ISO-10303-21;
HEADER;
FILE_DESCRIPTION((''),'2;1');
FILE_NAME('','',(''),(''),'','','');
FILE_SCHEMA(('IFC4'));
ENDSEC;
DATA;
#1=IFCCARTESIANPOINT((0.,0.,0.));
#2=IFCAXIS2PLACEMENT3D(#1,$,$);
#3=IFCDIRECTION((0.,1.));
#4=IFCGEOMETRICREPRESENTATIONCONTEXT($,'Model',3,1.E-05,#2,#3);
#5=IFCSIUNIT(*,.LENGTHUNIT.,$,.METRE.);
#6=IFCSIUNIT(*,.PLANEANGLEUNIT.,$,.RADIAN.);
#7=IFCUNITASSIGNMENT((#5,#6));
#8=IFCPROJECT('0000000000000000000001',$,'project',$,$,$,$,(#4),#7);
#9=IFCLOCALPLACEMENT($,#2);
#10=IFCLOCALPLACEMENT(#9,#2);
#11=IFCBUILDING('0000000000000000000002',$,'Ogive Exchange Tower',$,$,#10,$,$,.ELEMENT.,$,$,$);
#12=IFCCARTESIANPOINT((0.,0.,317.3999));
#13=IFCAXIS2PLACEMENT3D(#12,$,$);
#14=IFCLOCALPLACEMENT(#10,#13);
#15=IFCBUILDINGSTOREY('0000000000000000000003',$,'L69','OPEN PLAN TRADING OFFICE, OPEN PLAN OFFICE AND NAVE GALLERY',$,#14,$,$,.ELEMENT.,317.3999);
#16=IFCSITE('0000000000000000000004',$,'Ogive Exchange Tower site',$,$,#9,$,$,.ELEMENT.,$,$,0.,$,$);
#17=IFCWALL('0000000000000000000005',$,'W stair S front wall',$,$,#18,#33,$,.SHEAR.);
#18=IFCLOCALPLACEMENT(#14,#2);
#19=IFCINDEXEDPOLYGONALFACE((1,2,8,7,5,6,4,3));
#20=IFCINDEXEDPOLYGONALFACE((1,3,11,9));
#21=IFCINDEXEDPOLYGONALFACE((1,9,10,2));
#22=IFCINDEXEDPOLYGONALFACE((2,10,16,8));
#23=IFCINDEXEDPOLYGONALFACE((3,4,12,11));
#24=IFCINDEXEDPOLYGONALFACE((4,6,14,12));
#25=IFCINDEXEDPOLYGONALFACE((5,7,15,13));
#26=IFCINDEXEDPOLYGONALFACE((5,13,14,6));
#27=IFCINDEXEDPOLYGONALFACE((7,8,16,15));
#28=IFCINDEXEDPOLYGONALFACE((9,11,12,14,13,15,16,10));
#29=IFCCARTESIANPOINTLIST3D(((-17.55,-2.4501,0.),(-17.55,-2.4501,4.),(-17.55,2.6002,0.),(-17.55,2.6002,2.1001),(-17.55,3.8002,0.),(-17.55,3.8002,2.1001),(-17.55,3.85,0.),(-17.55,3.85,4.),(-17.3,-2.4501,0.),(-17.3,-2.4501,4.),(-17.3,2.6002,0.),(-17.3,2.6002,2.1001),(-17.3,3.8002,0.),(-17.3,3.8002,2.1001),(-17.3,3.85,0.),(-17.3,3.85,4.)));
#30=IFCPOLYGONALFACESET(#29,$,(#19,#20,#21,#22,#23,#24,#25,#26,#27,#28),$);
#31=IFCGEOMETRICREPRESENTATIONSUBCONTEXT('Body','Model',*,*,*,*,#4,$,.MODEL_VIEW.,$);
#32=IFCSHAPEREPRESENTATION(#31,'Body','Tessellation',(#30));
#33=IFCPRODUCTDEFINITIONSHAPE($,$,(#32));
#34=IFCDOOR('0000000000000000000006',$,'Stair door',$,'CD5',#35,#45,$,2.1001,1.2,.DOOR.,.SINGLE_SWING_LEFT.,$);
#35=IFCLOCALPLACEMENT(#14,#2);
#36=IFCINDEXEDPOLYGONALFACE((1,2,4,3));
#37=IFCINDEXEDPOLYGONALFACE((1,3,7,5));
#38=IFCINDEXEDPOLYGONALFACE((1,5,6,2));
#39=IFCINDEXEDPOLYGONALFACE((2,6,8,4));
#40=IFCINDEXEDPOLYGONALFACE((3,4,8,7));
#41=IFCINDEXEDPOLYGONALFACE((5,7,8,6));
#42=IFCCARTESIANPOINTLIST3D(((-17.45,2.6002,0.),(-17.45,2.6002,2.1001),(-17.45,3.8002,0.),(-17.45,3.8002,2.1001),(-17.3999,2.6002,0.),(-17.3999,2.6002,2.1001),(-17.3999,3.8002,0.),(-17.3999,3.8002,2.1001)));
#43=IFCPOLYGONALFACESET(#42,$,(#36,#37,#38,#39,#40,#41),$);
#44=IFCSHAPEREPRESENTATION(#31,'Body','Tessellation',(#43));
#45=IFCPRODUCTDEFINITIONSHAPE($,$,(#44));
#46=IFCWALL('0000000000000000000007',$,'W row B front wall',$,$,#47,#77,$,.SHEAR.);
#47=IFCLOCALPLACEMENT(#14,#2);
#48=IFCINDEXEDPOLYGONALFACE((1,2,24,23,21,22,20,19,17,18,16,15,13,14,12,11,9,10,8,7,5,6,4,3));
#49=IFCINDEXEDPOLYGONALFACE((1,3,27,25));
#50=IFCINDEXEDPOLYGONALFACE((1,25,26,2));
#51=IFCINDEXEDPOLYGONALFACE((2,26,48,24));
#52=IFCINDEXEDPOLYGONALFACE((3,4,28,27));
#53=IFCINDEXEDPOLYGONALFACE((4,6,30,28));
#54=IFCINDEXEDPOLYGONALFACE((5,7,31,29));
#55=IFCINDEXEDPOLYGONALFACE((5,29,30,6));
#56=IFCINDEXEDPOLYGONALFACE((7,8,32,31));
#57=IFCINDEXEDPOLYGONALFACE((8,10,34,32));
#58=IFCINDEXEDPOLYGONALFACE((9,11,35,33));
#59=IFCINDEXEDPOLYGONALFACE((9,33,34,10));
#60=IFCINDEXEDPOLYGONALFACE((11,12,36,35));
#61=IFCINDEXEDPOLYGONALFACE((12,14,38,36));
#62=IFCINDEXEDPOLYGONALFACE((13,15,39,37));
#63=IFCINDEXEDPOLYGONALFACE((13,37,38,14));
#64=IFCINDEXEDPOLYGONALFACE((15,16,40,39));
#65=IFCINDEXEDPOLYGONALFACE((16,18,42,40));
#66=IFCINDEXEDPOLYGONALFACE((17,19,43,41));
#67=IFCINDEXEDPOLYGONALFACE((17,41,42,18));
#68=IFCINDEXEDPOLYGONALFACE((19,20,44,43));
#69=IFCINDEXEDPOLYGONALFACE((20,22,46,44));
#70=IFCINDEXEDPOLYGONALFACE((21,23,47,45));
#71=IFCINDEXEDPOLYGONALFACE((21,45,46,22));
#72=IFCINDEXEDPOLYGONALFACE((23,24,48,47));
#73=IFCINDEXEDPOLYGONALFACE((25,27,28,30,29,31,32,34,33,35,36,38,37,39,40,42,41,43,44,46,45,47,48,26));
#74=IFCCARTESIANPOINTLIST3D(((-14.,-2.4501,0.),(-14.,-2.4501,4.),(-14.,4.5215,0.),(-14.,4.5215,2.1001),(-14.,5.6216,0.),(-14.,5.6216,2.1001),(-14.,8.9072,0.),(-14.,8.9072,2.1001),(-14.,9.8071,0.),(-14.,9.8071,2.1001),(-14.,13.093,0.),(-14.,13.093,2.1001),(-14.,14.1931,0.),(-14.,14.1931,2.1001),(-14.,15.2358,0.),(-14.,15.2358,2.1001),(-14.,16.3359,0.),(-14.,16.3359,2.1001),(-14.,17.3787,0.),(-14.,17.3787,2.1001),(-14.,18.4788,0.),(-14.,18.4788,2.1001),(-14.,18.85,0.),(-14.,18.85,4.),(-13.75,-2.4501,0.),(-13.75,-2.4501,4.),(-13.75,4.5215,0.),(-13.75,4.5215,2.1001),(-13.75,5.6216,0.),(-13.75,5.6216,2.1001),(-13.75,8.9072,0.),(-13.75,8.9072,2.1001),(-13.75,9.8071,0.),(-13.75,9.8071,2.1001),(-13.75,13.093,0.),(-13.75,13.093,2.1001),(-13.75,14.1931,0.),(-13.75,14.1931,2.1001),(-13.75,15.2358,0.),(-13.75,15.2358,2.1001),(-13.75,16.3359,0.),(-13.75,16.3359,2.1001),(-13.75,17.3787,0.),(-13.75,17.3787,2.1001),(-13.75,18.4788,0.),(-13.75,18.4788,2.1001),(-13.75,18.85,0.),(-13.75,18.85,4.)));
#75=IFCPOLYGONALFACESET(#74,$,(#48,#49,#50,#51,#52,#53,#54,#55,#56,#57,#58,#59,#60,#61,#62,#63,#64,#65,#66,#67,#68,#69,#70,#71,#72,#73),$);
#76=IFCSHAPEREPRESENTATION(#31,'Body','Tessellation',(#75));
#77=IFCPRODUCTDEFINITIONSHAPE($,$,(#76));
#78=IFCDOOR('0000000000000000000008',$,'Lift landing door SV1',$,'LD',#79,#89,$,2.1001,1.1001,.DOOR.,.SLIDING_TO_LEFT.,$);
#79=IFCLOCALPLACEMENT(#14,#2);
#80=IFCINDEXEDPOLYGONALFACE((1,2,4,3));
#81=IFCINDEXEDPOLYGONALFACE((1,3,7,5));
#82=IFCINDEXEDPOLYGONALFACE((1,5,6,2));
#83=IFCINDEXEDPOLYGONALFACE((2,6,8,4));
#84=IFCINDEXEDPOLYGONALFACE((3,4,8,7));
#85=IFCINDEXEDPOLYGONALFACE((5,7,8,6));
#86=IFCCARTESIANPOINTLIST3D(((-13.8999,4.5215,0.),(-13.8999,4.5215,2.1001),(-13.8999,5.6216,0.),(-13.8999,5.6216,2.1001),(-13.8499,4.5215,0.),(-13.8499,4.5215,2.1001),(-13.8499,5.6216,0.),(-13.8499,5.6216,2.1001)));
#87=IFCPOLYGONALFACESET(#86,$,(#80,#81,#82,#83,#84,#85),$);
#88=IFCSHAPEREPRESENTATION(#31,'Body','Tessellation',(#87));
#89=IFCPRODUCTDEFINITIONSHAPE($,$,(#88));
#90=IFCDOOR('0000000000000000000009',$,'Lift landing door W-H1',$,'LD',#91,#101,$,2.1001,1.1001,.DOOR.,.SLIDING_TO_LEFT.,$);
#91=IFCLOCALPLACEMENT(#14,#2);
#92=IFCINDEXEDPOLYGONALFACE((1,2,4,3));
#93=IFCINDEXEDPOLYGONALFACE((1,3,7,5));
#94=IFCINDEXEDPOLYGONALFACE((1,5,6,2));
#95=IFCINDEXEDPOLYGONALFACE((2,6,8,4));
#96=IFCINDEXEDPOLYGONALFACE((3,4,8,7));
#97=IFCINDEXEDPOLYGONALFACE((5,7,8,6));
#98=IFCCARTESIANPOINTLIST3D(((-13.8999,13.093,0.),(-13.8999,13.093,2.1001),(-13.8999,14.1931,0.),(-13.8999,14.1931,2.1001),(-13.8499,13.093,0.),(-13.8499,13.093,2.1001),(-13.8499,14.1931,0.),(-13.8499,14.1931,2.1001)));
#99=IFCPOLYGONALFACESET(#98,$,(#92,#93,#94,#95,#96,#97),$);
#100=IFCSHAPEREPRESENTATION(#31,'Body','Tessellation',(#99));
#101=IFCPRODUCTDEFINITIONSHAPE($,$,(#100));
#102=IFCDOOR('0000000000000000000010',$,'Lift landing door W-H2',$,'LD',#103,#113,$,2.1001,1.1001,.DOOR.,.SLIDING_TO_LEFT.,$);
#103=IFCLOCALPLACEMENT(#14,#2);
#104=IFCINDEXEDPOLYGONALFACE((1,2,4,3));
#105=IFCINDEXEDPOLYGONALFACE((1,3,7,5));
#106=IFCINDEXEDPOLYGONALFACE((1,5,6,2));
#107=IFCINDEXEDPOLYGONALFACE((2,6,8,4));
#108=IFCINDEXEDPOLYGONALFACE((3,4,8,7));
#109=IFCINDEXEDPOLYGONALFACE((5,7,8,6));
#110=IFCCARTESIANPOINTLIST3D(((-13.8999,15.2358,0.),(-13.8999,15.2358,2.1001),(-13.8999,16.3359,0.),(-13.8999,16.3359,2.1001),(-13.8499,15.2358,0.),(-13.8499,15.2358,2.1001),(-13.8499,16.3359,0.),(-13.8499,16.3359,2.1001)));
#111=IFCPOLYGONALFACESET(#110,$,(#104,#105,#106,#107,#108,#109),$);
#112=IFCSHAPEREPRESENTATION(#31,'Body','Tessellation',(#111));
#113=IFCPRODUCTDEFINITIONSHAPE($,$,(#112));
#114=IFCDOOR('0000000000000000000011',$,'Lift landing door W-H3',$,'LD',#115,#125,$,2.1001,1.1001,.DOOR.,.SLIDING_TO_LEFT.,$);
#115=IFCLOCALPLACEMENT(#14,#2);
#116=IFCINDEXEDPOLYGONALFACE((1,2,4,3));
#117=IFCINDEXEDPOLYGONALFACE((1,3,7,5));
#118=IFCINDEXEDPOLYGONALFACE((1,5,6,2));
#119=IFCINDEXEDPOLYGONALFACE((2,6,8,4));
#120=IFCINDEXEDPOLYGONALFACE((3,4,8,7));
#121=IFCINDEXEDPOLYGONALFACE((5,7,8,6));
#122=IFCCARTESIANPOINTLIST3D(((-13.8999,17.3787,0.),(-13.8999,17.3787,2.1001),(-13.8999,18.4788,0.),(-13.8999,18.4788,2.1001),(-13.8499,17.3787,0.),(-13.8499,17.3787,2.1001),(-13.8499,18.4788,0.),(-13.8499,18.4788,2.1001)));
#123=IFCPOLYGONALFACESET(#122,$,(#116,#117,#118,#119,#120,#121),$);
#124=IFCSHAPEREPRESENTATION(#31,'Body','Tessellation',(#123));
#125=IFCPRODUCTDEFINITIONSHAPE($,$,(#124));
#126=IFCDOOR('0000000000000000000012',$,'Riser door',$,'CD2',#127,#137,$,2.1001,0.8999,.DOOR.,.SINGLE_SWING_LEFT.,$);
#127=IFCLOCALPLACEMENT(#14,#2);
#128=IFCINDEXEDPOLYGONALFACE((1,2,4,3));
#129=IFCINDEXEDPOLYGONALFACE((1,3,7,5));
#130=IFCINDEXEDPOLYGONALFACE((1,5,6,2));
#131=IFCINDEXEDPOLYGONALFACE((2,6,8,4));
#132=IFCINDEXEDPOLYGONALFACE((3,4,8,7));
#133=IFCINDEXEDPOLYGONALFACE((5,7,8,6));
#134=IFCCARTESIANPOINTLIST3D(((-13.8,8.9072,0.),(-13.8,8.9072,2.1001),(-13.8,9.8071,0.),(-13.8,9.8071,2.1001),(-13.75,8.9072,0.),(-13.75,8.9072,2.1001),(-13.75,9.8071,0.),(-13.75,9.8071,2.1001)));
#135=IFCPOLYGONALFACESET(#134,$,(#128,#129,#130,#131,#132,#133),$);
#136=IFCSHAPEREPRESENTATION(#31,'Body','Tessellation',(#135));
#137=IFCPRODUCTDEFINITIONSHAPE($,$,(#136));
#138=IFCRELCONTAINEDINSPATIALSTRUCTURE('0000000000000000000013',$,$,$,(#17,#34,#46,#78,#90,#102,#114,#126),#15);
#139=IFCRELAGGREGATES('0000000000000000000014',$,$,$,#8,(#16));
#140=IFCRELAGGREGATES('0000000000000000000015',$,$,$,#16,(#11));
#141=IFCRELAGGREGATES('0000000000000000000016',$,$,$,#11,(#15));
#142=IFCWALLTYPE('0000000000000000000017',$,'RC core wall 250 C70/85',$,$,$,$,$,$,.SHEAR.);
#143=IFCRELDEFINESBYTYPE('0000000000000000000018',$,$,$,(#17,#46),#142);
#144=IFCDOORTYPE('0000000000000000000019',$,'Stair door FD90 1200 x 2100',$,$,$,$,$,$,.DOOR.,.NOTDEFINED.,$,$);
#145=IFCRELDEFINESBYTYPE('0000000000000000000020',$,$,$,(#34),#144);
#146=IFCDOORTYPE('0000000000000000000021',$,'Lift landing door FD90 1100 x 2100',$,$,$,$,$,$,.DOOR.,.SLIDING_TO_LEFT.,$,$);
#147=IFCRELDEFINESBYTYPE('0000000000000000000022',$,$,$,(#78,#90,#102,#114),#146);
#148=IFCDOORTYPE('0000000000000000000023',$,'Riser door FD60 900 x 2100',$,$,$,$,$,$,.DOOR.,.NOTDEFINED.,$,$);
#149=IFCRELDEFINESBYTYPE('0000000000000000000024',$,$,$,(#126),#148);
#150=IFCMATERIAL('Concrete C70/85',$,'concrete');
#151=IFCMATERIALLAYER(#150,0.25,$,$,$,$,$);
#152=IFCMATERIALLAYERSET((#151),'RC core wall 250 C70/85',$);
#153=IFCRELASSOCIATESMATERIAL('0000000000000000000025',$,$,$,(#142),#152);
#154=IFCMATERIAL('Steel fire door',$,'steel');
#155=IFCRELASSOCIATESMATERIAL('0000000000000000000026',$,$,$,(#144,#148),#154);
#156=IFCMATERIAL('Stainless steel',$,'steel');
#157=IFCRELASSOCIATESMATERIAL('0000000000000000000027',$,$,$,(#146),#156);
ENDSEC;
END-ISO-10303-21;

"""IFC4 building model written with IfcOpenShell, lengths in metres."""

from ifc_helpers import new_model, si_unit, direction, frame, frame_2d, origin, place, context, subcontext, project, spatial, rectangle, extrude, material, layer, layer_set, type_object, element, fill, save


model = new_model("IFC4")

# Units and contexts
model_context = context("Model", 3, precision=1e-05, world=origin(), true_north=direction((0.0, 1.0)))
body_context = subcontext(model_context, "Body", "Model", "MODEL_VIEW")
ifc_project = project(units=[si_unit("LENGTHUNIT", "METRE"), si_unit("PLANEANGLEUNIT", "RADIAN")], contexts=[model_context])

# Site, building, storey
site_placement = place(None, origin())
site = spatial("IfcSite", under=ifc_project, at=site_placement, Name="Ogive Exchange Tower site", CompositionType="ELEMENT", RefElevation=0.0)
building_placement = place(site_placement, origin())
building = spatial("IfcBuilding", under=site, at=building_placement, Name="Ogive Exchange Tower", CompositionType="ELEMENT")
storey_placement = place(building_placement, frame((0.0, 0.0, 317.3999)))
storey = spatial("IfcBuildingStorey", under=building, at=storey_placement, Name="L69", Description="OPEN PLAN TRADING OFFICE, OPEN PLAN OFFICE AND NAVE GALLERY", CompositionType="ELEMENT", Elevation=317.3999)

# Wall, opening, door
ifc_material_1 = material(Name="Concrete C70/85", Category="concrete")
ifc_layer_1 = layer(ifc_material_1, 0.25)
ifc_layer_set_1 = layer_set([ifc_layer_1], Name="RC core wall 250 C70/85")
wall_type_1 = type_object("IfcWallType", Name="RC core wall 250 C70/85", PredefinedType="SHEAR", material=ifc_layer_set_1)
wall_1_placement = place(storey_placement, frame((-17.425, -2.45, 0.0), z_axis=(0.0, 0.0, 1.0), x_axis=(0.0, 1.0, 0.0)))
wall_1 = element("IfcWall", 1, at=wall_1_placement, inside=storey, type_object=wall_type_1, Name="W stair S front wall", PredefinedType="SHEAR", context=body_context, shape_type="SweptSolid", body=[
    extrude(rectangle(XDim=6.3, YDim=0.25, at=frame_2d((3.1499, 0.0))), origin(), (0.0, 0.0, 1.0), 4.0),
])
opening_1_placement = place(wall_1_placement, frame((5.05, 0.0, 0.0)))
opening_1 = element("IfcOpeningElement", 2, at=opening_1_placement, cuts=wall_1, PredefinedType="OPENING", context=body_context, shape_type="SweptSolid", body=[
    extrude(rectangle(XDim=1.2, YDim=2.1001, at=frame_2d((0.6001, 1.05))), frame((0.0, 0.135, 0.0), z_axis=(0.0, -1.0, 0.0), x_axis=(1.0, 0.0, 0.0)), (0.0, 0.0, 1.0), 0.27),
])
ifc_material_2 = material(Name="Steel fire door", Category="steel")
door_type_1 = type_object("IfcDoorType", Name="Stair door FD90 1200 x 2100", OperationType="NOTDEFINED", PredefinedType="DOOR", material=ifc_material_2)
door_1_placement = place(opening_1_placement, origin())
door_1 = element("IfcDoor", 3, at=door_1_placement, inside=storey, type_object=door_type_1, Name="Stair door", ObjectType="CD5", OperationType="SINGLE_SWING_LEFT", OverallHeight=2.1001, OverallWidth=1.2, PredefinedType="DOOR", context=body_context, shape_type="SweptSolid", body=[
    extrude(rectangle(XDim=1.2, YDim=2.1001, at=frame_2d((0.6001, 1.05))), frame((0.0, 0.0249, 0.0), z_axis=(0.0, -1.0, 0.0), x_axis=(1.0, 0.0, 0.0)), (0.0, 0.0, 1.0), 0.05),
])
fill(opening_1, door_1)

# Wall, openings, doors
wall_2_placement = place(storey_placement, frame((-13.875, -2.45, 0.0), z_axis=(0.0, 0.0, 1.0), x_axis=(0.0, 1.0, 0.0)))
wall_2 = element("IfcWall", 4, at=wall_2_placement, inside=storey, type_object=wall_type_1, Name="W row B front wall", PredefinedType="SHEAR", context=body_context, shape_type="SweptSolid", body=[
    extrude(rectangle(XDim=21.3, YDim=0.25, at=frame_2d((10.6499, 0.0))), origin(), (0.0, 0.0, 1.0), 4.0),
])
opening_2_placement = place(wall_2_placement, frame((11.3572, 0.0, 0.0)))
opening_2 = element("IfcOpeningElement", 5, at=opening_2_placement, cuts=wall_2, PredefinedType="OPENING", context=body_context, shape_type="SweptSolid", body=[
    extrude(rectangle(XDim=0.8999, YDim=2.1001, at=frame_2d((0.45, 1.05))), frame((0.0, 0.135, 0.0), z_axis=(0.0, -1.0, 0.0), x_axis=(1.0, 0.0, 0.0)), (0.0, 0.0, 1.0), 0.27),
])
opening_3_placement = place(wall_2_placement, frame((6.9714, 0.0, 0.0)))
opening_3 = element("IfcOpeningElement", 6, at=opening_3_placement, cuts=wall_2, PredefinedType="OPENING", context=body_context, shape_type="SweptSolid", body=[
    extrude(rectangle(XDim=1.1001, YDim=2.1001, at=frame_2d((0.55, 1.05))), frame((0.0, 0.135, 0.0), z_axis=(0.0, -1.0, 0.0), x_axis=(1.0, 0.0, 0.0)), (0.0, 0.0, 1.0), 0.27),
])
opening_4_placement = place(wall_2_placement, frame((15.543, 0.0, 0.0)))
opening_4 = element("IfcOpeningElement", 7, at=opening_4_placement, cuts=wall_2, PredefinedType="OPENING", context=body_context, shape_type="SweptSolid", body=[
    extrude(rectangle(XDim=1.1001, YDim=2.1001, at=frame_2d((0.55, 1.05))), frame((0.0, 0.135, 0.0), z_axis=(0.0, -1.0, 0.0), x_axis=(1.0, 0.0, 0.0)), (0.0, 0.0, 1.0), 0.27),
])
opening_5_placement = place(wall_2_placement, frame((17.6858, 0.0, 0.0)))
opening_5 = element("IfcOpeningElement", 8, at=opening_5_placement, cuts=wall_2, PredefinedType="OPENING", context=body_context, shape_type="SweptSolid", body=[
    extrude(rectangle(XDim=1.1001, YDim=2.1001, at=frame_2d((0.55, 1.05))), frame((0.0, 0.135, 0.0), z_axis=(0.0, -1.0, 0.0), x_axis=(1.0, 0.0, 0.0)), (0.0, 0.0, 1.0), 0.27),
])
opening_6_placement = place(wall_2_placement, frame((19.8286, 0.0, 0.0)))
opening_6 = element("IfcOpeningElement", 9, at=opening_6_placement, cuts=wall_2, PredefinedType="OPENING", context=body_context, shape_type="SweptSolid", body=[
    extrude(rectangle(XDim=1.1001, YDim=2.1001, at=frame_2d((0.55, 1.05))), frame((0.0, 0.135, 0.0), z_axis=(0.0, -1.0, 0.0), x_axis=(1.0, 0.0, 0.0)), (0.0, 0.0, 1.0), 0.27),
])
ifc_material_3 = material(Name="Stainless steel", Category="steel")
door_type_2 = type_object("IfcDoorType", Name="Lift landing door FD90 1100 x 2100", OperationType="SLIDING_TO_LEFT", PredefinedType="DOOR", material=ifc_material_3)
door_2_placement = place(opening_3_placement, origin())
door_2 = element("IfcDoor", 10, at=door_2_placement, inside=storey, type_object=door_type_2, Name="Lift landing door SV1", ObjectType="LD", OperationType="SLIDING_TO_LEFT", OverallHeight=2.1001, OverallWidth=1.1001, PredefinedType="DOOR", context=body_context, shape_type="SweptSolid", body=[
    extrude(rectangle(XDim=1.1001, YDim=2.1001, at=frame_2d((0.55, 1.05))), frame((0.0, 0.0249, 0.0), z_axis=(0.0, -1.0, 0.0), x_axis=(1.0, 0.0, 0.0)), (0.0, 0.0, 1.0), 0.05),
])
fill(opening_3, door_2)
door_3_placement = place(opening_4_placement, origin())
door_3 = element("IfcDoor", 11, at=door_3_placement, inside=storey, type_object=door_type_2, Name="Lift landing door W-H1", ObjectType="LD", OperationType="SLIDING_TO_LEFT", OverallHeight=2.1001, OverallWidth=1.1001, PredefinedType="DOOR", context=body_context, shape_type="SweptSolid", body=[
    extrude(rectangle(XDim=1.1001, YDim=2.1001, at=frame_2d((0.55, 1.05))), frame((0.0, 0.0249, 0.0), z_axis=(0.0, -1.0, 0.0), x_axis=(1.0, 0.0, 0.0)), (0.0, 0.0, 1.0), 0.05),
])
fill(opening_4, door_3)
door_4_placement = place(opening_5_placement, origin())
door_4 = element("IfcDoor", 12, at=door_4_placement, inside=storey, type_object=door_type_2, Name="Lift landing door W-H2", ObjectType="LD", OperationType="SLIDING_TO_LEFT", OverallHeight=2.1001, OverallWidth=1.1001, PredefinedType="DOOR", context=body_context, shape_type="SweptSolid", body=[
    extrude(rectangle(XDim=1.1001, YDim=2.1001, at=frame_2d((0.55, 1.05))), frame((0.0, 0.0249, 0.0), z_axis=(0.0, -1.0, 0.0), x_axis=(1.0, 0.0, 0.0)), (0.0, 0.0, 1.0), 0.05),
])
fill(opening_5, door_4)
door_5_placement = place(opening_6_placement, origin())
door_5 = element("IfcDoor", 13, at=door_5_placement, inside=storey, type_object=door_type_2, Name="Lift landing door W-H3", ObjectType="LD", OperationType="SLIDING_TO_LEFT", OverallHeight=2.1001, OverallWidth=1.1001, PredefinedType="DOOR", context=body_context, shape_type="SweptSolid", body=[
    extrude(rectangle(XDim=1.1001, YDim=2.1001, at=frame_2d((0.55, 1.05))), frame((0.0, 0.0249, 0.0), z_axis=(0.0, -1.0, 0.0), x_axis=(1.0, 0.0, 0.0)), (0.0, 0.0, 1.0), 0.05),
])
fill(opening_6, door_5)
door_type_3 = type_object("IfcDoorType", Name="Riser door FD60 900 x 2100", OperationType="NOTDEFINED", PredefinedType="DOOR", material=ifc_material_2)
door_6_placement = place(opening_2_placement, frame((0.8999, -0.2002, 0.0), z_axis=(0.0, 0.0, 1.0), x_axis=(-1.0, 0.0, 0.0)))
door_6 = element("IfcDoor", 14, at=door_6_placement, inside=storey, type_object=door_type_3, Name="Riser door", ObjectType="CD2", OperationType="SINGLE_SWING_LEFT", OverallHeight=2.1001, OverallWidth=0.8999, PredefinedType="DOOR", context=body_context, shape_type="SweptSolid", body=[
    extrude(rectangle(XDim=0.8999, YDim=2.1001, at=frame_2d((0.45, 1.05))), frame((0.0, -0.0752, 0.0), z_axis=(0.0, -1.0, 0.0), x_axis=(1.0, 0.0, 0.0)), (0.0, 0.0, 1.0), 0.05),
])
fill(opening_2, door_6)

save(model, "model.ifc")
